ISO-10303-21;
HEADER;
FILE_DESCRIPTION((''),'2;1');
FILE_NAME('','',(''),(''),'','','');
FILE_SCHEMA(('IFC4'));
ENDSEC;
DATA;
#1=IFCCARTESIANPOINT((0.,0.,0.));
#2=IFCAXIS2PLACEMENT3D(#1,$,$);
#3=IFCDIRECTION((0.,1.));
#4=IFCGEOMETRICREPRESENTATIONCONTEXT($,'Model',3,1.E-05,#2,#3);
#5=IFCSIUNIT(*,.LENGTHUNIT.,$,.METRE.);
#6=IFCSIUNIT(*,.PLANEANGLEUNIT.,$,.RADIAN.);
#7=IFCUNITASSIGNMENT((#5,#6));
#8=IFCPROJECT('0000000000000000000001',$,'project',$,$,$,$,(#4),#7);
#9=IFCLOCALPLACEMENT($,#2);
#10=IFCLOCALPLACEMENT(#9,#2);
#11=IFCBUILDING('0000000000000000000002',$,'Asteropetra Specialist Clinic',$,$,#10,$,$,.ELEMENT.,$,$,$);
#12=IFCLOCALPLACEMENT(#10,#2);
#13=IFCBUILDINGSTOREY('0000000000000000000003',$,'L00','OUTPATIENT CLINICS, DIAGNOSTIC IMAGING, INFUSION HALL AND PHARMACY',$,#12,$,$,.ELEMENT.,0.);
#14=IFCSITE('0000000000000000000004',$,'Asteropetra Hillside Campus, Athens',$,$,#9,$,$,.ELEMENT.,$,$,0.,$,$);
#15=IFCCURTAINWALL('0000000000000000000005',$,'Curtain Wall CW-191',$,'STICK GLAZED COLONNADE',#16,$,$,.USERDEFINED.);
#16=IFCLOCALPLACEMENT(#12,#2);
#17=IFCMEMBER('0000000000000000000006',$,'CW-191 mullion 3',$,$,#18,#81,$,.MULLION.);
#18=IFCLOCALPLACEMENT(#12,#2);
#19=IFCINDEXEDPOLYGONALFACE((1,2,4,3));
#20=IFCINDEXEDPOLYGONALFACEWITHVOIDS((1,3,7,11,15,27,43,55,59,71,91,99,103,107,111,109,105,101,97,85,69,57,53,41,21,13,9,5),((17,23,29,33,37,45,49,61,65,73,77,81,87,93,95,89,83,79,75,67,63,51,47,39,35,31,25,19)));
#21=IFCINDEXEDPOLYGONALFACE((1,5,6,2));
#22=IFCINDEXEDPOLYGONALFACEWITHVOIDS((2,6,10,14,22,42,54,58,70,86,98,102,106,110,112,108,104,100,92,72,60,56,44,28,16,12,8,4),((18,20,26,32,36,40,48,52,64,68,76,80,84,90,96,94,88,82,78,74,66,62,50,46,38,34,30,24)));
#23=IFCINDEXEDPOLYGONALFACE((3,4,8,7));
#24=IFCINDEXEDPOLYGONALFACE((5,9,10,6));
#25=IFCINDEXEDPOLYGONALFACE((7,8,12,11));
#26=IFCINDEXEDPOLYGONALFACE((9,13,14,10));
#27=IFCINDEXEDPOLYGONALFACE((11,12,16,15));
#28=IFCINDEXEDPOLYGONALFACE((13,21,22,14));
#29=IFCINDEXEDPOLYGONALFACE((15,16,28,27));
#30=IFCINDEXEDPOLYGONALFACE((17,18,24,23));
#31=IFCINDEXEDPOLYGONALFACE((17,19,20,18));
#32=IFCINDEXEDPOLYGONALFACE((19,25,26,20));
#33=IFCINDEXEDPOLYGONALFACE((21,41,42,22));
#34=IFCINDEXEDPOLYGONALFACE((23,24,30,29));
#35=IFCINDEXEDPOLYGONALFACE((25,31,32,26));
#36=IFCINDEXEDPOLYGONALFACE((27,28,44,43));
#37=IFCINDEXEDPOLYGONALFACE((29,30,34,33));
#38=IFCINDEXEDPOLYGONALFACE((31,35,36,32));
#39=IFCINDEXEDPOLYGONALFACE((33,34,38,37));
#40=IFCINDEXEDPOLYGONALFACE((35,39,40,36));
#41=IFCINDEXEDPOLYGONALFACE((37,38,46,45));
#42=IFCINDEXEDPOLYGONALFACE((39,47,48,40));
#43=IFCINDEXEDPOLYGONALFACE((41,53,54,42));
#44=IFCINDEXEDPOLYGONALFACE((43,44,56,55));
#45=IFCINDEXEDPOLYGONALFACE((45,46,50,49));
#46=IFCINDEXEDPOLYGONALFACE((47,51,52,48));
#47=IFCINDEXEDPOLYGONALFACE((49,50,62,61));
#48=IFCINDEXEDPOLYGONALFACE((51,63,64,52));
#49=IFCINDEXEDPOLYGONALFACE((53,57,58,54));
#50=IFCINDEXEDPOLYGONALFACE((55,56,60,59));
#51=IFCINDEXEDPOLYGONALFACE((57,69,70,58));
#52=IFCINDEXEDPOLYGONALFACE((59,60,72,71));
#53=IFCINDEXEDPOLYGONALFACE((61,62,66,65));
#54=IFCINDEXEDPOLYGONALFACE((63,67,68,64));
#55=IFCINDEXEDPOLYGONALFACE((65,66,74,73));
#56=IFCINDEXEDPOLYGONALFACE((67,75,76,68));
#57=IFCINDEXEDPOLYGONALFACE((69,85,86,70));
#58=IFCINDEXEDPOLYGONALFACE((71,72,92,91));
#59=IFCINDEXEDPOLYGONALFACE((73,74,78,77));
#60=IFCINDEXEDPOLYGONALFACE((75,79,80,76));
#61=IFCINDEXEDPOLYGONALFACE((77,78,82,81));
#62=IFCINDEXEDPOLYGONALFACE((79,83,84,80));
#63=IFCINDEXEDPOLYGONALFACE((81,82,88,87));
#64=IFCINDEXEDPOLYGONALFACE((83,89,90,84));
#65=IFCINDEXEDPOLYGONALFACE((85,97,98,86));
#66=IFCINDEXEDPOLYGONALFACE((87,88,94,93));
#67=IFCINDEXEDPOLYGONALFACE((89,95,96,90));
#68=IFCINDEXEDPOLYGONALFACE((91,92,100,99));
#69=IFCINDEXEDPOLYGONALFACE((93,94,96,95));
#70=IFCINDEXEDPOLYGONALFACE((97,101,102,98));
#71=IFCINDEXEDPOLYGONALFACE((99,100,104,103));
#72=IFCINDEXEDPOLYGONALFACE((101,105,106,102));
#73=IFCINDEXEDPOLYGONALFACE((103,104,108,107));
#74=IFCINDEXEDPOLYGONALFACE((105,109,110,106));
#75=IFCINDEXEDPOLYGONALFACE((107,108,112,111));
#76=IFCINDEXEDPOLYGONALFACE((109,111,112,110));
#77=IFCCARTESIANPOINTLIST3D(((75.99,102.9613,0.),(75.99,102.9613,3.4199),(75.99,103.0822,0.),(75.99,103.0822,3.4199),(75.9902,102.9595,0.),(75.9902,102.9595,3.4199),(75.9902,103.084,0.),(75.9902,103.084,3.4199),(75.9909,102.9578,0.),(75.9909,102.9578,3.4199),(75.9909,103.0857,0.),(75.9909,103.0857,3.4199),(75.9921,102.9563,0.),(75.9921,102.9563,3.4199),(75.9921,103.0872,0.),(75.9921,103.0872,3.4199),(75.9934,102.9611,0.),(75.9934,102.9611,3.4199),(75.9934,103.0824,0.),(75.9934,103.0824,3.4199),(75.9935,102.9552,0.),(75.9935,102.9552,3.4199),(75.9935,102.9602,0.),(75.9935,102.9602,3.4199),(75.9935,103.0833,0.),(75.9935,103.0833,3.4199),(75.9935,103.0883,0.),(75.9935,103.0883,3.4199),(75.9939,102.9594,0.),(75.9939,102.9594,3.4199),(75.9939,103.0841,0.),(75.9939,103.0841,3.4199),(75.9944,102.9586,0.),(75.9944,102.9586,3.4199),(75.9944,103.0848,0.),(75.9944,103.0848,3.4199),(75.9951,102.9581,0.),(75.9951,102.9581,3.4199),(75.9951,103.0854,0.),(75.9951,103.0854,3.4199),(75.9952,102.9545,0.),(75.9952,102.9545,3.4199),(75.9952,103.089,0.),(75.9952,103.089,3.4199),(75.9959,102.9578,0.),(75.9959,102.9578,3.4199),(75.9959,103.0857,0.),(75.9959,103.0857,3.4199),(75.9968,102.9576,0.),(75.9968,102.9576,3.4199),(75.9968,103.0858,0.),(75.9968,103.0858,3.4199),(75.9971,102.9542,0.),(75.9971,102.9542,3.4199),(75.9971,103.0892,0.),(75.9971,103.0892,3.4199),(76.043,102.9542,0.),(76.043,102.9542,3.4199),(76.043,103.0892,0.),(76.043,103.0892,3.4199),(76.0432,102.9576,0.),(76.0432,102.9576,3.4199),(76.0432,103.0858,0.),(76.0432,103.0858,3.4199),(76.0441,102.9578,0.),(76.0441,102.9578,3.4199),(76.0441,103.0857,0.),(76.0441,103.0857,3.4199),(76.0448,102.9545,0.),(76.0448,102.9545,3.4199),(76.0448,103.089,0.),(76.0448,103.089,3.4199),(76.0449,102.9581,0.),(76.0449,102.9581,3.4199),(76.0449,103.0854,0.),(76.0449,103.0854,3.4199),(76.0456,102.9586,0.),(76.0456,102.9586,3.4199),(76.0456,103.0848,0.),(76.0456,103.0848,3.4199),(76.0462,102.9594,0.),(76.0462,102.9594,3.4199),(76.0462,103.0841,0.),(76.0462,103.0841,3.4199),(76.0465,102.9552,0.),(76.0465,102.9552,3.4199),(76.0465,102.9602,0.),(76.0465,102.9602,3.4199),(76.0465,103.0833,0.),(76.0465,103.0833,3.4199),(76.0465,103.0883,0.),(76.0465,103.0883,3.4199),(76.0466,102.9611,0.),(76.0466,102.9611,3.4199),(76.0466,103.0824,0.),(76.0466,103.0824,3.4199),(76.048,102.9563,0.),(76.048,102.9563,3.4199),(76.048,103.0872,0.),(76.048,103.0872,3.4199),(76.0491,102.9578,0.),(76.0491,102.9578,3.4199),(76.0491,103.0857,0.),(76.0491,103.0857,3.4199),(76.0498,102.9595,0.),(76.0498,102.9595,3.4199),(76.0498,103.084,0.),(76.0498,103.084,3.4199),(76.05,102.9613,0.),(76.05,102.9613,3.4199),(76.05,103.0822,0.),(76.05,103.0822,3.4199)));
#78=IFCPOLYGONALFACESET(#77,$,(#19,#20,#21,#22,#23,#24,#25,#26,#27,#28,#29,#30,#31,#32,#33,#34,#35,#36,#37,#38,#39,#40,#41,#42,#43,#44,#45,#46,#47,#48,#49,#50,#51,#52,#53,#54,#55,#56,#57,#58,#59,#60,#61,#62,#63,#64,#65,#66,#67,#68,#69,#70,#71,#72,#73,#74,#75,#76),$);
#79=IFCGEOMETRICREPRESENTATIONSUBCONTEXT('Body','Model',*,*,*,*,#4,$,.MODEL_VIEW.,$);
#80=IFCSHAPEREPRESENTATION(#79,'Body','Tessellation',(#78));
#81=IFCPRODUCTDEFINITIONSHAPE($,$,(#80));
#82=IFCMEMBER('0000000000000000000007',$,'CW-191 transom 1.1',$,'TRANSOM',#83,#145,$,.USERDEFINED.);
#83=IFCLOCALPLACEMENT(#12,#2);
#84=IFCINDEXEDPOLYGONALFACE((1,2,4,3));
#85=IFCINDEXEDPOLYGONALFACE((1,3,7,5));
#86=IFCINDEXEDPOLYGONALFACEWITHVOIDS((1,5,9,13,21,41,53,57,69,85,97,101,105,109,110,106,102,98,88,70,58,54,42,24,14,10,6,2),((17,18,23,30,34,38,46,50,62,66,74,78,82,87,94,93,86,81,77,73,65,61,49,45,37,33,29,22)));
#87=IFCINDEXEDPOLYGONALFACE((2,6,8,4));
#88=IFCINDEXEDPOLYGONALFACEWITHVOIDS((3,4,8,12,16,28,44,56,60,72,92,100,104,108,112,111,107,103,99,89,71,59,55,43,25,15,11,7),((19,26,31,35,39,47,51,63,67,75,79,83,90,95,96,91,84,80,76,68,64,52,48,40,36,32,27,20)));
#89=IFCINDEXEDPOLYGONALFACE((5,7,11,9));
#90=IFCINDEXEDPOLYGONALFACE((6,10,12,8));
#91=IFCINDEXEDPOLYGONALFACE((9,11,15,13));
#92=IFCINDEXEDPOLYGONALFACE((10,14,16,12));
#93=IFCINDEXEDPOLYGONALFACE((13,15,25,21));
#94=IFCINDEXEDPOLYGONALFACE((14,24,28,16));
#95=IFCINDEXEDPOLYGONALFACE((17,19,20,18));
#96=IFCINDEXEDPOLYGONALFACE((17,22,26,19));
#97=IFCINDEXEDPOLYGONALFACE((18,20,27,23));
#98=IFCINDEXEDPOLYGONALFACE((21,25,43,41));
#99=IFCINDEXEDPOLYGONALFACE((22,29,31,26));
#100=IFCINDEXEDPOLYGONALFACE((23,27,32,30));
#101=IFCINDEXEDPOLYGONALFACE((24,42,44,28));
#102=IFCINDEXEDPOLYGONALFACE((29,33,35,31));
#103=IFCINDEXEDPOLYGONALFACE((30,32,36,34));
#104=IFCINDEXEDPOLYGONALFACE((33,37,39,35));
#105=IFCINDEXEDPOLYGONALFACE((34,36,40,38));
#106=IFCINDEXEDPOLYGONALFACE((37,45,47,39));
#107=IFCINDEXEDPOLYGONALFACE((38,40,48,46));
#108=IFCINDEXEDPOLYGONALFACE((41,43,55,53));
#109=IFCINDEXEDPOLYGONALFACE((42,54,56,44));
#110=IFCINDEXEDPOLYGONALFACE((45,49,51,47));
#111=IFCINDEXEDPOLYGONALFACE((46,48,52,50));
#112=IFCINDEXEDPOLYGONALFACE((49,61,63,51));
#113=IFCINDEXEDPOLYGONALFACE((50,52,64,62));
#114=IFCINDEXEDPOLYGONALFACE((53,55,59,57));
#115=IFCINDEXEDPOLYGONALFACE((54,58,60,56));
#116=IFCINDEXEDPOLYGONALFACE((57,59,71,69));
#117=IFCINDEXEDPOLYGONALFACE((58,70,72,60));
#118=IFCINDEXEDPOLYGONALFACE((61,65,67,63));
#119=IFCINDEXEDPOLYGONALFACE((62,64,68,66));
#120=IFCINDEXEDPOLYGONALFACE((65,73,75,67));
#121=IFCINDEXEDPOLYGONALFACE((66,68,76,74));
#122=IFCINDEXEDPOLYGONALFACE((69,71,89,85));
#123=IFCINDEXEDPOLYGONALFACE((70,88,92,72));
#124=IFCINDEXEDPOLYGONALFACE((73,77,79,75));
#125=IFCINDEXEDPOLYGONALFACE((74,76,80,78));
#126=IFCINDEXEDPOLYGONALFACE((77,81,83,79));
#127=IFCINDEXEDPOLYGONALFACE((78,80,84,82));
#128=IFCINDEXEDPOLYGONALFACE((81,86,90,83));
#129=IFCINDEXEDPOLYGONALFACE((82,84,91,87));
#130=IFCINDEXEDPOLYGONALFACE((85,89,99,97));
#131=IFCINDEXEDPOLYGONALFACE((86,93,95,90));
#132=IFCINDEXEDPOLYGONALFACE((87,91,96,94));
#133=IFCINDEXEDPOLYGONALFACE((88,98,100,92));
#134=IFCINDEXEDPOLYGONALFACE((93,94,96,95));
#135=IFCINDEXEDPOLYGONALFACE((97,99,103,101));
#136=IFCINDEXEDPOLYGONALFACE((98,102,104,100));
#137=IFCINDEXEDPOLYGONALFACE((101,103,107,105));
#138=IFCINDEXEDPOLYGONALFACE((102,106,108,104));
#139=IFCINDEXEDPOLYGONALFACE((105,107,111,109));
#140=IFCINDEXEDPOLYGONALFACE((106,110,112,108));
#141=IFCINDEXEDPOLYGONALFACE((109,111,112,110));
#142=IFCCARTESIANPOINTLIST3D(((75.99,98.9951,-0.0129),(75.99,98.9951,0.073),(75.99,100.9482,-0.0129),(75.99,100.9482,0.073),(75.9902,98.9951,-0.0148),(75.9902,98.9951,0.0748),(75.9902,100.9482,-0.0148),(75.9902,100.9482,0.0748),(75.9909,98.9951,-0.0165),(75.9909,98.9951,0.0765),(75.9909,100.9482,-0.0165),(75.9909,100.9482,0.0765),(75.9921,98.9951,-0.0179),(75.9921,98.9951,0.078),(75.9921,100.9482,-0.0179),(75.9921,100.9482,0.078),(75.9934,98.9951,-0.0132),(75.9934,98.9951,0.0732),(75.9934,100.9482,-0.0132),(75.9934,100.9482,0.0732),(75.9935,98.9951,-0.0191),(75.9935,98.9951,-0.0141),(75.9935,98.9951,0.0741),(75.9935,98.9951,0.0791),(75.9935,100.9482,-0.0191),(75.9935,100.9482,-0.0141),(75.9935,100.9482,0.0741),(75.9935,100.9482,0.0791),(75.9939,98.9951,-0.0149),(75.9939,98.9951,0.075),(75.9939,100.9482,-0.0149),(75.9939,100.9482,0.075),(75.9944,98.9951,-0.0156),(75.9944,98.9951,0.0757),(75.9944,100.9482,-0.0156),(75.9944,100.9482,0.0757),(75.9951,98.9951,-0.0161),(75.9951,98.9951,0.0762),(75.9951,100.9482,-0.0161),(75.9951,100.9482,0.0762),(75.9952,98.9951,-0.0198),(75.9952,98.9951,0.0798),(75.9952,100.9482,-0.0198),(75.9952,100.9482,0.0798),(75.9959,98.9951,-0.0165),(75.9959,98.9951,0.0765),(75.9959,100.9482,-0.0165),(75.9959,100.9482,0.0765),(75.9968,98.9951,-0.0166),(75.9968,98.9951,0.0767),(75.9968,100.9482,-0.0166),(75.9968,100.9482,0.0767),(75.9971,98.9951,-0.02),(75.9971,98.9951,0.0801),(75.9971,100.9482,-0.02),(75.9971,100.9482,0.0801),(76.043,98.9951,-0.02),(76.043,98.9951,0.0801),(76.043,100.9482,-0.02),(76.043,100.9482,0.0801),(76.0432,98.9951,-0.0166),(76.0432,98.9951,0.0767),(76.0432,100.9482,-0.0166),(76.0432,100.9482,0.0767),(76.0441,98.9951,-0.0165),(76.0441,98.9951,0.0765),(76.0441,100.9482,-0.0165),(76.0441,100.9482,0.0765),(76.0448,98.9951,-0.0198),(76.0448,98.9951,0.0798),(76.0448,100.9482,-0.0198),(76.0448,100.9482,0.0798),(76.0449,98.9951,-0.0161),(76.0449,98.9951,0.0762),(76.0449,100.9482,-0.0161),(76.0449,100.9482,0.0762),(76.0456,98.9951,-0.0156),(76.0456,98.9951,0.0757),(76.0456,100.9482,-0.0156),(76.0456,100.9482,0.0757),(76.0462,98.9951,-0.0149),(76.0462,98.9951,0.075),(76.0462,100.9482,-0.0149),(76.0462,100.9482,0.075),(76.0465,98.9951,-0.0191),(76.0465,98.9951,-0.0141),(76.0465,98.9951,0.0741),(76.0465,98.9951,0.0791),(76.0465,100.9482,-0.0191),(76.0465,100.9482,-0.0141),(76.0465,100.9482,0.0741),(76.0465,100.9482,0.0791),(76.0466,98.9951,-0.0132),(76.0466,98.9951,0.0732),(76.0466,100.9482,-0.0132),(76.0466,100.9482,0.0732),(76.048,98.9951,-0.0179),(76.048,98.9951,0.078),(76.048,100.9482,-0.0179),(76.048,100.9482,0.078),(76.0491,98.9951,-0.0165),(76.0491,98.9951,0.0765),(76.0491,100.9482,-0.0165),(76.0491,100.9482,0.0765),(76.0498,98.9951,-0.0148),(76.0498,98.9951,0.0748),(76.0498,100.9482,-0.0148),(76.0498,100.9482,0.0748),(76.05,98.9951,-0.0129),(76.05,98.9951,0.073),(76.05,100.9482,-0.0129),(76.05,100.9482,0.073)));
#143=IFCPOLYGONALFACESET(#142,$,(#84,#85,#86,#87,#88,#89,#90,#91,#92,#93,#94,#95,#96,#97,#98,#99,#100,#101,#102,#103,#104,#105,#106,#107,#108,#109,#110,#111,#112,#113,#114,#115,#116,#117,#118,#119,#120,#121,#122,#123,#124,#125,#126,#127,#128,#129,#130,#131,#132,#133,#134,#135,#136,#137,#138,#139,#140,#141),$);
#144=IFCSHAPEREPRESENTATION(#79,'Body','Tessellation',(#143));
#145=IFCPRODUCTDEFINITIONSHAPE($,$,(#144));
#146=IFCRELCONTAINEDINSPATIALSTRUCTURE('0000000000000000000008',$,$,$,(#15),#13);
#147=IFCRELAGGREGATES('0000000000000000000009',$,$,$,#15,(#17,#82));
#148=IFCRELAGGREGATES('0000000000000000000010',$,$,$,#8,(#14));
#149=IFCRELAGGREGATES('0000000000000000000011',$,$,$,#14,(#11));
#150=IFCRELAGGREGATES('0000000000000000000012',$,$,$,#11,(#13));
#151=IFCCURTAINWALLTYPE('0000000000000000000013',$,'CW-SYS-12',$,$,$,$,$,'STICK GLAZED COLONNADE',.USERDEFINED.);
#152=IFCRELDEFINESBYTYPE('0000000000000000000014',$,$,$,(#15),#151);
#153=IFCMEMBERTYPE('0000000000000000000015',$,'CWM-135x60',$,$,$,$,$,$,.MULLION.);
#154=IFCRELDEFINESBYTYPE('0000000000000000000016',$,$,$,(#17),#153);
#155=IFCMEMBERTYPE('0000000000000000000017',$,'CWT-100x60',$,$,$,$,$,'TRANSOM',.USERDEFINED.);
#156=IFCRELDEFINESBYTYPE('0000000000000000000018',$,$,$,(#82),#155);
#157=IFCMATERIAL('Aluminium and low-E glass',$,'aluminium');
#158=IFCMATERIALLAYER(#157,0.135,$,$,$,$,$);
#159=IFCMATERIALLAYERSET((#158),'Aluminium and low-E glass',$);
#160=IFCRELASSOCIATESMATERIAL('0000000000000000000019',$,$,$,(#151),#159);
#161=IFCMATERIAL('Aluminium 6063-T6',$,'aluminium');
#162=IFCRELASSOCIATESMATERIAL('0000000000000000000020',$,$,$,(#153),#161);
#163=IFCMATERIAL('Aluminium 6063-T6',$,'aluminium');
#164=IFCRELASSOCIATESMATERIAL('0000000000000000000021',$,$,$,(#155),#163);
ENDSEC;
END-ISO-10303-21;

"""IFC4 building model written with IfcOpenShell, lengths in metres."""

from ifc_helpers import new_model, si_unit, direction, frame, origin, origin_2d, place, context, subcontext, project, spatial, hollow_rectangle, extrude, material, layer, layer_set, material_profile, profile_set, type_object, element, aggregate, save


model = new_model("IFC4")

# Units and contexts
model_context = context("Model", 3, precision=1e-05, world=origin(), true_north=direction((0.0, 1.0)))
body_context = subcontext(model_context, "Body", "Model", "MODEL_VIEW")
ifc_project = project(units=[si_unit("LENGTHUNIT", "METRE"), si_unit("PLANEANGLEUNIT", "RADIAN")], contexts=[model_context])

# Site, building, storey
site_placement = place(None, origin())
site = spatial("IfcSite", under=ifc_project, at=site_placement, Name="Asteropetra Hillside Campus, Athens", CompositionType="ELEMENT", RefElevation=0.0)
building_placement = place(site_placement, origin())
building = spatial("IfcBuilding", under=site, at=building_placement, Name="Asteropetra Specialist Clinic", CompositionType="ELEMENT")
storey_placement = place(building_placement, origin())
storey = spatial("IfcBuildingStorey", under=building, at=storey_placement, Name="L00", Description="OUTPATIENT CLINICS, DIAGNOSTIC IMAGING, INFUSION HALL AND PHARMACY", CompositionType="ELEMENT", Elevation=0.0)

# Curtain wall, members
ifc_material_1 = material(Name="Aluminium and low-E glass", Category="aluminium")
ifc_layer_1 = layer(ifc_material_1, 0.135)
ifc_layer_set_1 = layer_set([ifc_layer_1], Name="Aluminium and low-E glass")
curtain_wall_type = type_object("IfcCurtainWallType", Name="CW-SYS-12", ElementType="STICK GLAZED COLONNADE", PredefinedType="USERDEFINED", material=ifc_layer_set_1)
curtain_wall_placement = place(storey_placement, origin())
curtain_wall = element("IfcCurtainWall", 1, at=curtain_wall_placement, inside=storey, type_object=curtain_wall_type, Name="Curtain Wall CW-191", ObjectType="STICK GLAZED COLONNADE", PredefinedType="USERDEFINED")
ifc_material_2 = material(Name="Aluminium 6063-T6", Category="aluminium")
ifc_material_profile_1 = material_profile(ifc_material_2, hollow_rectangle(XDim=0.0601, YDim=0.135, WallThickness=0.0034, InnerFilletRadius=0.0034, OuterFilletRadius=0.0071, at=origin_2d()), Name="MUL 135x60x3.5")
ifc_profile_set_1 = profile_set([ifc_material_profile_1], Name="Aluminium 6063-T6")
member_type_1 = type_object("IfcMemberType", Name="CWM-135x60", PredefinedType="MULLION", material=ifc_profile_set_1)
member_1_placement = place(storey_placement, frame((76.02, 103.0217, 0.0), z_axis=(0.0, 0.0, 1.0), x_axis=(-1.0, 0.0, 0.0)))
member_1 = element("IfcMember", 2, at=member_1_placement, type_object=member_type_1, Name="CW-191 mullion 3", PredefinedType="MULLION", context=body_context, shape_type="SweptSolid", body=[
    extrude(hollow_rectangle(XDim=0.0601, YDim=0.135, WallThickness=0.0034, InnerFilletRadius=0.0034, OuterFilletRadius=0.0071, at=origin_2d()), origin(), (0.0, 0.0, 1.0), 3.4199),
])
ifc_material_3 = material(Name="Aluminium 6063-T6", Category="aluminium")
ifc_material_profile_2 = material_profile(ifc_material_3, hollow_rectangle(XDim=0.0601, YDim=0.1001, WallThickness=0.0034, InnerFilletRadius=0.0034, OuterFilletRadius=0.0071, at=origin_2d()), Name="TRN 100x60x3.5")
ifc_profile_set_2 = profile_set([ifc_material_profile_2], Name="Aluminium 6063-T6")
member_type_2 = type_object("IfcMemberType", Name="CWT-100x60", ElementType="TRANSOM", PredefinedType="USERDEFINED", material=ifc_profile_set_2)
member_2_placement = place(storey_placement, frame((76.02, 98.9951, 0.03), z_axis=(0.0, 1.0, 0.0), x_axis=(-1.0, 0.0, 0.0)))
member_2 = element("IfcMember", 3, at=member_2_placement, type_object=member_type_2, Name="CW-191 transom 1.1", ObjectType="TRANSOM", PredefinedType="USERDEFINED", context=body_context, shape_type="SweptSolid", body=[
    extrude(hollow_rectangle(XDim=0.0601, YDim=0.1001, WallThickness=0.0034, InnerFilletRadius=0.0034, OuterFilletRadius=0.0071, at=origin_2d()), origin(), (0.0, 0.0, 1.0), 1.9531),
])
aggregate(curtain_wall, [member_1, member_2])

save(model, "model.ifc")
